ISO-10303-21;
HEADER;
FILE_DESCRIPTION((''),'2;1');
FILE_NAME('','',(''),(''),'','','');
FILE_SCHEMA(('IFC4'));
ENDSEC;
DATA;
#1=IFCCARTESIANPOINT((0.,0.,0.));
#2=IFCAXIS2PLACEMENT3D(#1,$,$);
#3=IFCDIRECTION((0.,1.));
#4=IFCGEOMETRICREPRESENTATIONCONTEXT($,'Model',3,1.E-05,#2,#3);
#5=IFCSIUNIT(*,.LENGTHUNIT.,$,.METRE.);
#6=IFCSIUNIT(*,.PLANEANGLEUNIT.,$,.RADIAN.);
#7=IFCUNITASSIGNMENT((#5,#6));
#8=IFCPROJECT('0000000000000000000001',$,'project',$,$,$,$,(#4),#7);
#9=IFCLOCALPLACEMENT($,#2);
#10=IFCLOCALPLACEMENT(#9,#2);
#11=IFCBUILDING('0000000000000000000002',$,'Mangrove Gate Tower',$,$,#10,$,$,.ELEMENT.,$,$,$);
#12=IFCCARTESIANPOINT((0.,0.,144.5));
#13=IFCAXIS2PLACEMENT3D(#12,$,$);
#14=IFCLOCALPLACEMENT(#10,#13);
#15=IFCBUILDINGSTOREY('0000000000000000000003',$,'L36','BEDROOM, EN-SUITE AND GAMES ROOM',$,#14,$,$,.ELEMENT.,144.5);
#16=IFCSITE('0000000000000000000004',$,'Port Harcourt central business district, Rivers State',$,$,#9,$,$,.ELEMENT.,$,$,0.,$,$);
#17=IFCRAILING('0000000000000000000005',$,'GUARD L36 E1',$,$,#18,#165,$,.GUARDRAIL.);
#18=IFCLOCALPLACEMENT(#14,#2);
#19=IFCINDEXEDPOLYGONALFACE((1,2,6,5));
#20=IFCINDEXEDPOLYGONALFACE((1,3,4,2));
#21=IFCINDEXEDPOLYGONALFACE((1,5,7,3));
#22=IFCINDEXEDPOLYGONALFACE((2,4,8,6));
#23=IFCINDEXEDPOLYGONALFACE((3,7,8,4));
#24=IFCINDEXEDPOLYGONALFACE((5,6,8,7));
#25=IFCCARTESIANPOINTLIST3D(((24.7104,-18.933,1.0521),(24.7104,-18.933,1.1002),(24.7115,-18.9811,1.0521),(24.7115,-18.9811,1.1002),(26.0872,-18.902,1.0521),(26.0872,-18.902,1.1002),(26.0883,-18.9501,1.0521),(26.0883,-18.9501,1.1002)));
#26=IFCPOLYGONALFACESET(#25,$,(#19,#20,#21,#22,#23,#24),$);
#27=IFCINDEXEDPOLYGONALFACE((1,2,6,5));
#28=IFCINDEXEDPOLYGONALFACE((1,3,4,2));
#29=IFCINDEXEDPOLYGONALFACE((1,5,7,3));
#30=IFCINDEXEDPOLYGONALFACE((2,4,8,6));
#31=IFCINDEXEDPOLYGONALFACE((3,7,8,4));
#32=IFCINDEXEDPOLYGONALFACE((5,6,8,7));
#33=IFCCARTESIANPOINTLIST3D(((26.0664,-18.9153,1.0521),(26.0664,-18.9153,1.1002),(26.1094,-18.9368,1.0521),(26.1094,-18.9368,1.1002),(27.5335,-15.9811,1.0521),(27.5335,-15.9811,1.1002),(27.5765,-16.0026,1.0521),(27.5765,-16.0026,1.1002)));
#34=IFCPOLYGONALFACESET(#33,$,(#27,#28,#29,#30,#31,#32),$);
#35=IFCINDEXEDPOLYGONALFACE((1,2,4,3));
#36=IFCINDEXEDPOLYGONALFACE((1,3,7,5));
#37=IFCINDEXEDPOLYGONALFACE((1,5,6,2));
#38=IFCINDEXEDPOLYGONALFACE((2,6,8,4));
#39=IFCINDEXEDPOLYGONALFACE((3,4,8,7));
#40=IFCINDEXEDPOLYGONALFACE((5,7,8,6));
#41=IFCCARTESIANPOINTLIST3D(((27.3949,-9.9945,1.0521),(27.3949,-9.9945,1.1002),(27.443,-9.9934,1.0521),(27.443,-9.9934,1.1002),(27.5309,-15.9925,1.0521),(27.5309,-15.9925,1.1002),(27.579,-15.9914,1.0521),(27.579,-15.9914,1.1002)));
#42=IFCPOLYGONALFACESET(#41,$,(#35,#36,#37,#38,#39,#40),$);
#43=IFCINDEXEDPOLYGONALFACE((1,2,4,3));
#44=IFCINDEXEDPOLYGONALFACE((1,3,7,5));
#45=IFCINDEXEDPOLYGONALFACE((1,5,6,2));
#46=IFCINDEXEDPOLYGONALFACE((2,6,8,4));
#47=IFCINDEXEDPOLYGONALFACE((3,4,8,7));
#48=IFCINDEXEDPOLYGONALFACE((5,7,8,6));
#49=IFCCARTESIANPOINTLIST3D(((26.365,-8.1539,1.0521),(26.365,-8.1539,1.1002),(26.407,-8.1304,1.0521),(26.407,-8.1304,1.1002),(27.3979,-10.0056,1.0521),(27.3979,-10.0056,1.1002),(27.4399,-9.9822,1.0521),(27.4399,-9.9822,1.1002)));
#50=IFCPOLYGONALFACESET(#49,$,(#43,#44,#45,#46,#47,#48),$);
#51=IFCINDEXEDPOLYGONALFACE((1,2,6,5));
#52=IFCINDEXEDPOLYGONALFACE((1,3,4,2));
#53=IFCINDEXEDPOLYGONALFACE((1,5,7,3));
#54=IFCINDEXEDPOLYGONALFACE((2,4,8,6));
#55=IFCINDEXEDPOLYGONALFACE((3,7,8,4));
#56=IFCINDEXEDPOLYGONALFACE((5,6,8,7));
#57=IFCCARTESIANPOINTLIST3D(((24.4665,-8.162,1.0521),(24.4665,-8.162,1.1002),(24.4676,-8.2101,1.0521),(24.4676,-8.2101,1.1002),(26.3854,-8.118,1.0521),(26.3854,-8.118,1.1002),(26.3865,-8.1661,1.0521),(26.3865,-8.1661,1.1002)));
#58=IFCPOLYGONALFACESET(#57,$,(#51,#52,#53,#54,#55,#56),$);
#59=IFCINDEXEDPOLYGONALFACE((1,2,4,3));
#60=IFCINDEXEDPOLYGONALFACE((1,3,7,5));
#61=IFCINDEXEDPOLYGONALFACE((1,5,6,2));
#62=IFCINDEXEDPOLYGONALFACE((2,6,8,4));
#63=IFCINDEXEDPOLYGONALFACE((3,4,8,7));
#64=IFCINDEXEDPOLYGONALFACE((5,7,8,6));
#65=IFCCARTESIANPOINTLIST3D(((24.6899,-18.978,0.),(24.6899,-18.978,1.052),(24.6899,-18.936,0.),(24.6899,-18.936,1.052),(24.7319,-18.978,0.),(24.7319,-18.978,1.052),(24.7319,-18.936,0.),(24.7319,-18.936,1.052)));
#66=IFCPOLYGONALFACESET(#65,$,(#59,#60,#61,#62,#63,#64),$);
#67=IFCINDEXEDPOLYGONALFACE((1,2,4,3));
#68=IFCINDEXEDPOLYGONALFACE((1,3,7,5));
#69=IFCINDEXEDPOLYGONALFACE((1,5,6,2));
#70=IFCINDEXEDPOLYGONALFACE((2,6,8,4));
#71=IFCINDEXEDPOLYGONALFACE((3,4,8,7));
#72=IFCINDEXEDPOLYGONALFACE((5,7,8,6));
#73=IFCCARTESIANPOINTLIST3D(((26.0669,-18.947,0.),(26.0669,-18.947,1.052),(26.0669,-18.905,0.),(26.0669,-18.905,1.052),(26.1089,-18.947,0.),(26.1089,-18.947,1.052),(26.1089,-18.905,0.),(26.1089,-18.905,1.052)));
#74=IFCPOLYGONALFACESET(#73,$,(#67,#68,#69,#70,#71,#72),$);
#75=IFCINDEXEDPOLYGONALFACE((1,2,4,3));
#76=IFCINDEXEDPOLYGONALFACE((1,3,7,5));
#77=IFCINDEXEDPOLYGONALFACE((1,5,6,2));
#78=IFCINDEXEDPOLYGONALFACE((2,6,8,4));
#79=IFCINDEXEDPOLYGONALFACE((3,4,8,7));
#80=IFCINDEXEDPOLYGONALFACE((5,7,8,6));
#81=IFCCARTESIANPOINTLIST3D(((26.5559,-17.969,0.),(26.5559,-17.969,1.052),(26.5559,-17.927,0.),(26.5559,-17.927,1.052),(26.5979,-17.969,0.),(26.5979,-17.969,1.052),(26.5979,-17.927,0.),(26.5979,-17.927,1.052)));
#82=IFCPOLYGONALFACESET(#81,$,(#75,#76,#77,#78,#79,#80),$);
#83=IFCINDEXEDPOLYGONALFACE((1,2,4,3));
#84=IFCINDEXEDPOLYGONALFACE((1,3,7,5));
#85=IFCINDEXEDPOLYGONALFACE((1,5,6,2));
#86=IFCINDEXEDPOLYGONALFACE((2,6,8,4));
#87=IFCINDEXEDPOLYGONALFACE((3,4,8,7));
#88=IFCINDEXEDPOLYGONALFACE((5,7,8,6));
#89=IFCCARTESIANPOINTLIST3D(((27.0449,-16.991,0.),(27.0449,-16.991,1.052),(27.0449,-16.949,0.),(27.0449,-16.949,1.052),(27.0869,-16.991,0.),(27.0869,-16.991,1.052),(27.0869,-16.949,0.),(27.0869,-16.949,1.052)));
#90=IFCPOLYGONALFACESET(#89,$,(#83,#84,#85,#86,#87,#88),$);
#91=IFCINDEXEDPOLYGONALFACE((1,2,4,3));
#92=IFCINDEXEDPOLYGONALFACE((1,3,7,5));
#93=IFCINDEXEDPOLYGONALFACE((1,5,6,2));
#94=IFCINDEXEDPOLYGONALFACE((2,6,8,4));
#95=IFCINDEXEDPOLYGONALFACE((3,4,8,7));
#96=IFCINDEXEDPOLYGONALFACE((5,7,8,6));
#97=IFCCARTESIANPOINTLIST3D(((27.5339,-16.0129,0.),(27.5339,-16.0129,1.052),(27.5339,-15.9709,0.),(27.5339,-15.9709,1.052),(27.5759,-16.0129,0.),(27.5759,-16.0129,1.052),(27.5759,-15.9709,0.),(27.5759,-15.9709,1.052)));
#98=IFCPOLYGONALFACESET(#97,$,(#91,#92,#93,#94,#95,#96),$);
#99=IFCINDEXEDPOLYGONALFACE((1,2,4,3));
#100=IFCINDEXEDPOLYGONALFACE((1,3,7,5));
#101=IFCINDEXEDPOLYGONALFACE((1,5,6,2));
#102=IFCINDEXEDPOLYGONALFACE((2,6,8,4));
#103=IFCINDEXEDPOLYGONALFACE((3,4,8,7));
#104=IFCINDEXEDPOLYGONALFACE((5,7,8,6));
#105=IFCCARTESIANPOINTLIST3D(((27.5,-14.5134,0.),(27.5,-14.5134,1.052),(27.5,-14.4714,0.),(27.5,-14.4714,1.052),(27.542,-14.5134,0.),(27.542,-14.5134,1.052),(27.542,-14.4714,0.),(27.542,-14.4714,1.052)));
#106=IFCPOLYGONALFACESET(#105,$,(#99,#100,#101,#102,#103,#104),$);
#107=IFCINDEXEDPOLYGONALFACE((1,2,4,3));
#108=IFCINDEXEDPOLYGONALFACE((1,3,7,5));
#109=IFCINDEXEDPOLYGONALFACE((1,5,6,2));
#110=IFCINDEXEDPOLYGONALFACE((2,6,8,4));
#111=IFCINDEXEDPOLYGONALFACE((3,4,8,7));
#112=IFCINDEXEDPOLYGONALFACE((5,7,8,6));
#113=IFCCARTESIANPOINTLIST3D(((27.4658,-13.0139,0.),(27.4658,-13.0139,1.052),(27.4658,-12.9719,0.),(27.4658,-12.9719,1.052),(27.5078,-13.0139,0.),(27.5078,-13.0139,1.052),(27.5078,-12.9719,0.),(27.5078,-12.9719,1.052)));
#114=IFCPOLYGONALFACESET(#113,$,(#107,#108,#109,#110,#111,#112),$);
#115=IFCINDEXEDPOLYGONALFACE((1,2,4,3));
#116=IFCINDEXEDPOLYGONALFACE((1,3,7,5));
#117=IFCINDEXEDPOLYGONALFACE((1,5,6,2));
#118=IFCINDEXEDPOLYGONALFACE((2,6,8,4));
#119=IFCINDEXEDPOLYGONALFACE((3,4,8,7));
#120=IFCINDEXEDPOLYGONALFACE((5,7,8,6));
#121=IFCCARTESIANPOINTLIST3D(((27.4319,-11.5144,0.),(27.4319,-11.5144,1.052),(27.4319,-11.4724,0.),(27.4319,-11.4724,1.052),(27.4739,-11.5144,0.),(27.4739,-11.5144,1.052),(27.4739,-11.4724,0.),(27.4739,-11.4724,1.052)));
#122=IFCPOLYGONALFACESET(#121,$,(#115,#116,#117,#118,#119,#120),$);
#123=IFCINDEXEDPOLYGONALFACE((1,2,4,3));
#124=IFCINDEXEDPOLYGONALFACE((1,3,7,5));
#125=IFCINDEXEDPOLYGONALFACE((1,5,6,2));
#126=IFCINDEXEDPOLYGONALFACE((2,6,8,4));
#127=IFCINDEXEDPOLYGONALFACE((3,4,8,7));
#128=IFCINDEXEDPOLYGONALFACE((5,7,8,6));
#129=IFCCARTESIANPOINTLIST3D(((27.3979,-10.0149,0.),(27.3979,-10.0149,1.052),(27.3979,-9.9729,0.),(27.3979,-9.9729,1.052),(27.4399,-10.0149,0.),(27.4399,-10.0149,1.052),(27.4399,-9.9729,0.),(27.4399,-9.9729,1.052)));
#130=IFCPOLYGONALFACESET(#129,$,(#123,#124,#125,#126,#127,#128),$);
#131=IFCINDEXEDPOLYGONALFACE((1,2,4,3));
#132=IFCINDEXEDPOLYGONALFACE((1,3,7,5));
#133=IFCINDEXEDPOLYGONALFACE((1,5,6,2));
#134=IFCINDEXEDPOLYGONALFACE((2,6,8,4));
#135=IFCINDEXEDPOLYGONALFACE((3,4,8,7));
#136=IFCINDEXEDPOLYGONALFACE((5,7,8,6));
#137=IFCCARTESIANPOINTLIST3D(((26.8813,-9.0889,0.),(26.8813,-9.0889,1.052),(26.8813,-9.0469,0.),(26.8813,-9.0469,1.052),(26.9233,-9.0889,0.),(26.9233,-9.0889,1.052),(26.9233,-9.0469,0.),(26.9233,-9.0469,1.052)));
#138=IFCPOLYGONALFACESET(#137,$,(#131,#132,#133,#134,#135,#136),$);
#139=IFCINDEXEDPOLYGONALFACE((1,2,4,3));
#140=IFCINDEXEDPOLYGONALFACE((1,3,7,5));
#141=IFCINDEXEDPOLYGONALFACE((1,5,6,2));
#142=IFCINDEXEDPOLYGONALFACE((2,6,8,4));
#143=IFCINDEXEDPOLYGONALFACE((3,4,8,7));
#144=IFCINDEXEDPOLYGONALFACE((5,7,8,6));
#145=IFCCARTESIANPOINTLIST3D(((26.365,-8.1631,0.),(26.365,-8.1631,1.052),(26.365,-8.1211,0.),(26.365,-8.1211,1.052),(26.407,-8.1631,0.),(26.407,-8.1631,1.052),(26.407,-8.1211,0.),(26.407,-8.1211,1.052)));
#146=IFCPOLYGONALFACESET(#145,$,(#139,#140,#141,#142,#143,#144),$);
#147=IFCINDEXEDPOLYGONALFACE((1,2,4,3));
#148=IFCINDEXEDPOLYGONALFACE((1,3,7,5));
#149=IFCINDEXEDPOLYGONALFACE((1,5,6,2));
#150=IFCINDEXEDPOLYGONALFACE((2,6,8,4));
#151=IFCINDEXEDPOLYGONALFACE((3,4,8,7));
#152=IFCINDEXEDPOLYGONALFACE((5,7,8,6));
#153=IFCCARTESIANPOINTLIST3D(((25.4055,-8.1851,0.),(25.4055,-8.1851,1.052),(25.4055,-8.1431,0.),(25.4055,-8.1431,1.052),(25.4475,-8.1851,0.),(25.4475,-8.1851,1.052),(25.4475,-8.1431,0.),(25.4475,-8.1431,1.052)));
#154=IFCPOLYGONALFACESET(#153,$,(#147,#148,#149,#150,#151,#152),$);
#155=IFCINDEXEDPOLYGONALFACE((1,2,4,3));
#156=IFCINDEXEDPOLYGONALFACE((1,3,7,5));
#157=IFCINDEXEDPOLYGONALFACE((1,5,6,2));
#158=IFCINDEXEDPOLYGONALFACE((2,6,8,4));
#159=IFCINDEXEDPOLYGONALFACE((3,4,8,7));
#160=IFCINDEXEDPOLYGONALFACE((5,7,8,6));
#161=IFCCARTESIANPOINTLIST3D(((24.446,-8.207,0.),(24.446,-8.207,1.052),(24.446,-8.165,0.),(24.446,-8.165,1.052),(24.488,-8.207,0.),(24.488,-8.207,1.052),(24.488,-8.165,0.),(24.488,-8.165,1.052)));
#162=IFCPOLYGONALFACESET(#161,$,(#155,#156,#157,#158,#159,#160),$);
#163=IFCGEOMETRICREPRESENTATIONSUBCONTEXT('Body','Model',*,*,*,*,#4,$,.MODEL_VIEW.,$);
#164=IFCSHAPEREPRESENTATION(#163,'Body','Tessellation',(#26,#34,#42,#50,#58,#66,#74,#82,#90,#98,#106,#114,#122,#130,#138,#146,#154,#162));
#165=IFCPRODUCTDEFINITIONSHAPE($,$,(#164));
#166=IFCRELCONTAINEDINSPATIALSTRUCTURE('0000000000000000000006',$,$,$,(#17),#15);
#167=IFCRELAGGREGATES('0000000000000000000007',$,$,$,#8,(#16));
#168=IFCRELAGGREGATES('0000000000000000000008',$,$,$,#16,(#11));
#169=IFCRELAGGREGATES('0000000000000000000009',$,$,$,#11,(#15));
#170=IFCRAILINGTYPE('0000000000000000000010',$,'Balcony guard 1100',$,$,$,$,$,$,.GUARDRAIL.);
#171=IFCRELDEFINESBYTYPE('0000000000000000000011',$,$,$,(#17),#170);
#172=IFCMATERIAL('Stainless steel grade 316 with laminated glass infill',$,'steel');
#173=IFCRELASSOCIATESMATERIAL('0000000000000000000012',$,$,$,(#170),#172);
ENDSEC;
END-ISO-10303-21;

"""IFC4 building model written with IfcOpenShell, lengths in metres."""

from ifc_helpers import new_model, si_unit, direction, frame, origin, origin_2d, place, context, subcontext, project, spatial, rectangle, extrude, material, type_object, element, save


model = new_model("IFC4")

# Units and contexts
model_context = context("Model", 3, precision=1e-05, world=origin(), true_north=direction((0.0, 1.0)))
body_context = subcontext(model_context, "Body", "Model", "MODEL_VIEW")
ifc_project = project(units=[si_unit("LENGTHUNIT", "METRE"), si_unit("PLANEANGLEUNIT", "RADIAN")], contexts=[model_context])

# Site, building, storey
site_placement = place(None, origin())
site = spatial("IfcSite", under=ifc_project, at=site_placement, Name="Port Harcourt central business district, Rivers State", CompositionType="ELEMENT", RefElevation=0.0)
building_placement = place(site_placement, origin())
building = spatial("IfcBuilding", under=site, at=building_placement, Name="Mangrove Gate Tower", CompositionType="ELEMENT")
storey_placement = place(building_placement, frame((0.0, 0.0, 144.5)))
storey = spatial("IfcBuildingStorey", under=building, at=storey_placement, Name="L36", Description="BEDROOM, EN-SUITE AND GAMES ROOM", CompositionType="ELEMENT", Elevation=144.5)

# Railing
ifc_material_1 = material(Name="Stainless steel grade 316 with laminated glass infill", Category="steel")
railing_type = type_object("IfcRailingType", Name="Balcony guard 1100", PredefinedType="GUARDRAIL", material=ifc_material_1)
railing_placement = place(storey_placement, frame((24.7109, -18.957, 0.0)))
element("IfcRailing", 1, at=railing_placement, inside=storey, type_object=railing_type, Name="GUARD L36 E1", PredefinedType="GUARDRAIL", context=body_context, shape_type="SweptSolid", body=[
    extrude(rectangle(XDim=0.0481, YDim=0.0481, at=origin_2d()), frame((0.0, 0.0, 1.0762), z_axis=(0.999747, 0.022512, 0.0), x_axis=(-0.022512, 0.999747, 0.0)), (0.0, 0.0, 1.0), 1.3772),
    extrude(rectangle(XDim=0.0481, YDim=0.0481, at=origin_2d()), frame((1.377, 0.031, 1.0762), z_axis=(0.447214, 0.894427, 0.0), x_axis=(-0.894427, 0.447214, 0.0)), (0.0, 0.0, 1.0), 3.2805),
    extrude(rectangle(XDim=0.0481, YDim=0.0481, at=origin_2d()), frame((2.844, 2.9651, 1.0762), z_axis=(-0.022666, 0.999743, 0.0), x_axis=(-0.999743, -0.022666, 0.0)), (0.0, 0.0, 1.0), 5.9995),
    extrude(rectangle(XDim=0.0481, YDim=0.0481, at=origin_2d()), frame((2.708, 8.9631, 1.0762), z_axis=(-0.487148, 0.87332, 0.0), x_axis=(-0.87332, -0.487148, 0.0)), (0.0, 0.0, 1.0), 2.1204),
    extrude(rectangle(XDim=0.0481, YDim=0.0481, at=origin_2d()), frame((1.675, 10.8149, 1.0762), z_axis=(-0.999738, -0.022895, 0.0), x_axis=(0.022895, -0.999738, 0.0)), (0.0, 0.0, 1.0), 1.9194),
    extrude(rectangle(XDim=0.042, YDim=0.042, at=origin_2d()), origin(), (0.0, 0.0, 1.0), 1.052),
    extrude(rectangle(XDim=0.042, YDim=0.042, at=origin_2d()), frame((1.377, 0.031, 0.0)), (0.0, 0.0, 1.0), 1.052),
    extrude(rectangle(XDim=0.042, YDim=0.042, at=origin_2d()), frame((1.866, 1.009, 0.0)), (0.0, 0.0, 1.0), 1.052),
    extrude(rectangle(XDim=0.042, YDim=0.042, at=origin_2d()), frame((2.355, 1.9871, 0.0)), (0.0, 0.0, 1.0), 1.052),
    extrude(rectangle(XDim=0.042, YDim=0.042, at=origin_2d()), frame((2.844, 2.9651, 0.0)), (0.0, 0.0, 1.0), 1.052),
    extrude(rectangle(XDim=0.042, YDim=0.042, at=origin_2d()), frame((2.8101, 4.4646, 0.0)), (0.0, 0.0, 1.0), 1.052),
    extrude(rectangle(XDim=0.042, YDim=0.042, at=origin_2d()), frame((2.7759, 5.9641, 0.0)), (0.0, 0.0, 1.0), 1.052),
    extrude(rectangle(XDim=0.042, YDim=0.042, at=origin_2d()), frame((2.7419, 7.4636, 0.0)), (0.0, 0.0, 1.0), 1.052),
    extrude(rectangle(XDim=0.042, YDim=0.042, at=origin_2d()), frame((2.708, 8.9631, 0.0)), (0.0, 0.0, 1.0), 1.052),
    extrude(rectangle(XDim=0.042, YDim=0.042, at=origin_2d()), frame((2.1914, 9.8892, 0.0)), (0.0, 0.0, 1.0), 1.052),
    extrude(rectangle(XDim=0.042, YDim=0.042, at=origin_2d()), frame((1.675, 10.8149, 0.0)), (0.0, 0.0, 1.0), 1.052),
    extrude(rectangle(XDim=0.042, YDim=0.042, at=origin_2d()), frame((0.7156, 10.793, 0.0)), (0.0, 0.0, 1.0), 1.052),
    extrude(rectangle(XDim=0.042, YDim=0.042, at=origin_2d()), frame((-0.2439, 10.771, 0.0)), (0.0, 0.0, 1.0), 1.052),
])

save(model, "model.ifc")
